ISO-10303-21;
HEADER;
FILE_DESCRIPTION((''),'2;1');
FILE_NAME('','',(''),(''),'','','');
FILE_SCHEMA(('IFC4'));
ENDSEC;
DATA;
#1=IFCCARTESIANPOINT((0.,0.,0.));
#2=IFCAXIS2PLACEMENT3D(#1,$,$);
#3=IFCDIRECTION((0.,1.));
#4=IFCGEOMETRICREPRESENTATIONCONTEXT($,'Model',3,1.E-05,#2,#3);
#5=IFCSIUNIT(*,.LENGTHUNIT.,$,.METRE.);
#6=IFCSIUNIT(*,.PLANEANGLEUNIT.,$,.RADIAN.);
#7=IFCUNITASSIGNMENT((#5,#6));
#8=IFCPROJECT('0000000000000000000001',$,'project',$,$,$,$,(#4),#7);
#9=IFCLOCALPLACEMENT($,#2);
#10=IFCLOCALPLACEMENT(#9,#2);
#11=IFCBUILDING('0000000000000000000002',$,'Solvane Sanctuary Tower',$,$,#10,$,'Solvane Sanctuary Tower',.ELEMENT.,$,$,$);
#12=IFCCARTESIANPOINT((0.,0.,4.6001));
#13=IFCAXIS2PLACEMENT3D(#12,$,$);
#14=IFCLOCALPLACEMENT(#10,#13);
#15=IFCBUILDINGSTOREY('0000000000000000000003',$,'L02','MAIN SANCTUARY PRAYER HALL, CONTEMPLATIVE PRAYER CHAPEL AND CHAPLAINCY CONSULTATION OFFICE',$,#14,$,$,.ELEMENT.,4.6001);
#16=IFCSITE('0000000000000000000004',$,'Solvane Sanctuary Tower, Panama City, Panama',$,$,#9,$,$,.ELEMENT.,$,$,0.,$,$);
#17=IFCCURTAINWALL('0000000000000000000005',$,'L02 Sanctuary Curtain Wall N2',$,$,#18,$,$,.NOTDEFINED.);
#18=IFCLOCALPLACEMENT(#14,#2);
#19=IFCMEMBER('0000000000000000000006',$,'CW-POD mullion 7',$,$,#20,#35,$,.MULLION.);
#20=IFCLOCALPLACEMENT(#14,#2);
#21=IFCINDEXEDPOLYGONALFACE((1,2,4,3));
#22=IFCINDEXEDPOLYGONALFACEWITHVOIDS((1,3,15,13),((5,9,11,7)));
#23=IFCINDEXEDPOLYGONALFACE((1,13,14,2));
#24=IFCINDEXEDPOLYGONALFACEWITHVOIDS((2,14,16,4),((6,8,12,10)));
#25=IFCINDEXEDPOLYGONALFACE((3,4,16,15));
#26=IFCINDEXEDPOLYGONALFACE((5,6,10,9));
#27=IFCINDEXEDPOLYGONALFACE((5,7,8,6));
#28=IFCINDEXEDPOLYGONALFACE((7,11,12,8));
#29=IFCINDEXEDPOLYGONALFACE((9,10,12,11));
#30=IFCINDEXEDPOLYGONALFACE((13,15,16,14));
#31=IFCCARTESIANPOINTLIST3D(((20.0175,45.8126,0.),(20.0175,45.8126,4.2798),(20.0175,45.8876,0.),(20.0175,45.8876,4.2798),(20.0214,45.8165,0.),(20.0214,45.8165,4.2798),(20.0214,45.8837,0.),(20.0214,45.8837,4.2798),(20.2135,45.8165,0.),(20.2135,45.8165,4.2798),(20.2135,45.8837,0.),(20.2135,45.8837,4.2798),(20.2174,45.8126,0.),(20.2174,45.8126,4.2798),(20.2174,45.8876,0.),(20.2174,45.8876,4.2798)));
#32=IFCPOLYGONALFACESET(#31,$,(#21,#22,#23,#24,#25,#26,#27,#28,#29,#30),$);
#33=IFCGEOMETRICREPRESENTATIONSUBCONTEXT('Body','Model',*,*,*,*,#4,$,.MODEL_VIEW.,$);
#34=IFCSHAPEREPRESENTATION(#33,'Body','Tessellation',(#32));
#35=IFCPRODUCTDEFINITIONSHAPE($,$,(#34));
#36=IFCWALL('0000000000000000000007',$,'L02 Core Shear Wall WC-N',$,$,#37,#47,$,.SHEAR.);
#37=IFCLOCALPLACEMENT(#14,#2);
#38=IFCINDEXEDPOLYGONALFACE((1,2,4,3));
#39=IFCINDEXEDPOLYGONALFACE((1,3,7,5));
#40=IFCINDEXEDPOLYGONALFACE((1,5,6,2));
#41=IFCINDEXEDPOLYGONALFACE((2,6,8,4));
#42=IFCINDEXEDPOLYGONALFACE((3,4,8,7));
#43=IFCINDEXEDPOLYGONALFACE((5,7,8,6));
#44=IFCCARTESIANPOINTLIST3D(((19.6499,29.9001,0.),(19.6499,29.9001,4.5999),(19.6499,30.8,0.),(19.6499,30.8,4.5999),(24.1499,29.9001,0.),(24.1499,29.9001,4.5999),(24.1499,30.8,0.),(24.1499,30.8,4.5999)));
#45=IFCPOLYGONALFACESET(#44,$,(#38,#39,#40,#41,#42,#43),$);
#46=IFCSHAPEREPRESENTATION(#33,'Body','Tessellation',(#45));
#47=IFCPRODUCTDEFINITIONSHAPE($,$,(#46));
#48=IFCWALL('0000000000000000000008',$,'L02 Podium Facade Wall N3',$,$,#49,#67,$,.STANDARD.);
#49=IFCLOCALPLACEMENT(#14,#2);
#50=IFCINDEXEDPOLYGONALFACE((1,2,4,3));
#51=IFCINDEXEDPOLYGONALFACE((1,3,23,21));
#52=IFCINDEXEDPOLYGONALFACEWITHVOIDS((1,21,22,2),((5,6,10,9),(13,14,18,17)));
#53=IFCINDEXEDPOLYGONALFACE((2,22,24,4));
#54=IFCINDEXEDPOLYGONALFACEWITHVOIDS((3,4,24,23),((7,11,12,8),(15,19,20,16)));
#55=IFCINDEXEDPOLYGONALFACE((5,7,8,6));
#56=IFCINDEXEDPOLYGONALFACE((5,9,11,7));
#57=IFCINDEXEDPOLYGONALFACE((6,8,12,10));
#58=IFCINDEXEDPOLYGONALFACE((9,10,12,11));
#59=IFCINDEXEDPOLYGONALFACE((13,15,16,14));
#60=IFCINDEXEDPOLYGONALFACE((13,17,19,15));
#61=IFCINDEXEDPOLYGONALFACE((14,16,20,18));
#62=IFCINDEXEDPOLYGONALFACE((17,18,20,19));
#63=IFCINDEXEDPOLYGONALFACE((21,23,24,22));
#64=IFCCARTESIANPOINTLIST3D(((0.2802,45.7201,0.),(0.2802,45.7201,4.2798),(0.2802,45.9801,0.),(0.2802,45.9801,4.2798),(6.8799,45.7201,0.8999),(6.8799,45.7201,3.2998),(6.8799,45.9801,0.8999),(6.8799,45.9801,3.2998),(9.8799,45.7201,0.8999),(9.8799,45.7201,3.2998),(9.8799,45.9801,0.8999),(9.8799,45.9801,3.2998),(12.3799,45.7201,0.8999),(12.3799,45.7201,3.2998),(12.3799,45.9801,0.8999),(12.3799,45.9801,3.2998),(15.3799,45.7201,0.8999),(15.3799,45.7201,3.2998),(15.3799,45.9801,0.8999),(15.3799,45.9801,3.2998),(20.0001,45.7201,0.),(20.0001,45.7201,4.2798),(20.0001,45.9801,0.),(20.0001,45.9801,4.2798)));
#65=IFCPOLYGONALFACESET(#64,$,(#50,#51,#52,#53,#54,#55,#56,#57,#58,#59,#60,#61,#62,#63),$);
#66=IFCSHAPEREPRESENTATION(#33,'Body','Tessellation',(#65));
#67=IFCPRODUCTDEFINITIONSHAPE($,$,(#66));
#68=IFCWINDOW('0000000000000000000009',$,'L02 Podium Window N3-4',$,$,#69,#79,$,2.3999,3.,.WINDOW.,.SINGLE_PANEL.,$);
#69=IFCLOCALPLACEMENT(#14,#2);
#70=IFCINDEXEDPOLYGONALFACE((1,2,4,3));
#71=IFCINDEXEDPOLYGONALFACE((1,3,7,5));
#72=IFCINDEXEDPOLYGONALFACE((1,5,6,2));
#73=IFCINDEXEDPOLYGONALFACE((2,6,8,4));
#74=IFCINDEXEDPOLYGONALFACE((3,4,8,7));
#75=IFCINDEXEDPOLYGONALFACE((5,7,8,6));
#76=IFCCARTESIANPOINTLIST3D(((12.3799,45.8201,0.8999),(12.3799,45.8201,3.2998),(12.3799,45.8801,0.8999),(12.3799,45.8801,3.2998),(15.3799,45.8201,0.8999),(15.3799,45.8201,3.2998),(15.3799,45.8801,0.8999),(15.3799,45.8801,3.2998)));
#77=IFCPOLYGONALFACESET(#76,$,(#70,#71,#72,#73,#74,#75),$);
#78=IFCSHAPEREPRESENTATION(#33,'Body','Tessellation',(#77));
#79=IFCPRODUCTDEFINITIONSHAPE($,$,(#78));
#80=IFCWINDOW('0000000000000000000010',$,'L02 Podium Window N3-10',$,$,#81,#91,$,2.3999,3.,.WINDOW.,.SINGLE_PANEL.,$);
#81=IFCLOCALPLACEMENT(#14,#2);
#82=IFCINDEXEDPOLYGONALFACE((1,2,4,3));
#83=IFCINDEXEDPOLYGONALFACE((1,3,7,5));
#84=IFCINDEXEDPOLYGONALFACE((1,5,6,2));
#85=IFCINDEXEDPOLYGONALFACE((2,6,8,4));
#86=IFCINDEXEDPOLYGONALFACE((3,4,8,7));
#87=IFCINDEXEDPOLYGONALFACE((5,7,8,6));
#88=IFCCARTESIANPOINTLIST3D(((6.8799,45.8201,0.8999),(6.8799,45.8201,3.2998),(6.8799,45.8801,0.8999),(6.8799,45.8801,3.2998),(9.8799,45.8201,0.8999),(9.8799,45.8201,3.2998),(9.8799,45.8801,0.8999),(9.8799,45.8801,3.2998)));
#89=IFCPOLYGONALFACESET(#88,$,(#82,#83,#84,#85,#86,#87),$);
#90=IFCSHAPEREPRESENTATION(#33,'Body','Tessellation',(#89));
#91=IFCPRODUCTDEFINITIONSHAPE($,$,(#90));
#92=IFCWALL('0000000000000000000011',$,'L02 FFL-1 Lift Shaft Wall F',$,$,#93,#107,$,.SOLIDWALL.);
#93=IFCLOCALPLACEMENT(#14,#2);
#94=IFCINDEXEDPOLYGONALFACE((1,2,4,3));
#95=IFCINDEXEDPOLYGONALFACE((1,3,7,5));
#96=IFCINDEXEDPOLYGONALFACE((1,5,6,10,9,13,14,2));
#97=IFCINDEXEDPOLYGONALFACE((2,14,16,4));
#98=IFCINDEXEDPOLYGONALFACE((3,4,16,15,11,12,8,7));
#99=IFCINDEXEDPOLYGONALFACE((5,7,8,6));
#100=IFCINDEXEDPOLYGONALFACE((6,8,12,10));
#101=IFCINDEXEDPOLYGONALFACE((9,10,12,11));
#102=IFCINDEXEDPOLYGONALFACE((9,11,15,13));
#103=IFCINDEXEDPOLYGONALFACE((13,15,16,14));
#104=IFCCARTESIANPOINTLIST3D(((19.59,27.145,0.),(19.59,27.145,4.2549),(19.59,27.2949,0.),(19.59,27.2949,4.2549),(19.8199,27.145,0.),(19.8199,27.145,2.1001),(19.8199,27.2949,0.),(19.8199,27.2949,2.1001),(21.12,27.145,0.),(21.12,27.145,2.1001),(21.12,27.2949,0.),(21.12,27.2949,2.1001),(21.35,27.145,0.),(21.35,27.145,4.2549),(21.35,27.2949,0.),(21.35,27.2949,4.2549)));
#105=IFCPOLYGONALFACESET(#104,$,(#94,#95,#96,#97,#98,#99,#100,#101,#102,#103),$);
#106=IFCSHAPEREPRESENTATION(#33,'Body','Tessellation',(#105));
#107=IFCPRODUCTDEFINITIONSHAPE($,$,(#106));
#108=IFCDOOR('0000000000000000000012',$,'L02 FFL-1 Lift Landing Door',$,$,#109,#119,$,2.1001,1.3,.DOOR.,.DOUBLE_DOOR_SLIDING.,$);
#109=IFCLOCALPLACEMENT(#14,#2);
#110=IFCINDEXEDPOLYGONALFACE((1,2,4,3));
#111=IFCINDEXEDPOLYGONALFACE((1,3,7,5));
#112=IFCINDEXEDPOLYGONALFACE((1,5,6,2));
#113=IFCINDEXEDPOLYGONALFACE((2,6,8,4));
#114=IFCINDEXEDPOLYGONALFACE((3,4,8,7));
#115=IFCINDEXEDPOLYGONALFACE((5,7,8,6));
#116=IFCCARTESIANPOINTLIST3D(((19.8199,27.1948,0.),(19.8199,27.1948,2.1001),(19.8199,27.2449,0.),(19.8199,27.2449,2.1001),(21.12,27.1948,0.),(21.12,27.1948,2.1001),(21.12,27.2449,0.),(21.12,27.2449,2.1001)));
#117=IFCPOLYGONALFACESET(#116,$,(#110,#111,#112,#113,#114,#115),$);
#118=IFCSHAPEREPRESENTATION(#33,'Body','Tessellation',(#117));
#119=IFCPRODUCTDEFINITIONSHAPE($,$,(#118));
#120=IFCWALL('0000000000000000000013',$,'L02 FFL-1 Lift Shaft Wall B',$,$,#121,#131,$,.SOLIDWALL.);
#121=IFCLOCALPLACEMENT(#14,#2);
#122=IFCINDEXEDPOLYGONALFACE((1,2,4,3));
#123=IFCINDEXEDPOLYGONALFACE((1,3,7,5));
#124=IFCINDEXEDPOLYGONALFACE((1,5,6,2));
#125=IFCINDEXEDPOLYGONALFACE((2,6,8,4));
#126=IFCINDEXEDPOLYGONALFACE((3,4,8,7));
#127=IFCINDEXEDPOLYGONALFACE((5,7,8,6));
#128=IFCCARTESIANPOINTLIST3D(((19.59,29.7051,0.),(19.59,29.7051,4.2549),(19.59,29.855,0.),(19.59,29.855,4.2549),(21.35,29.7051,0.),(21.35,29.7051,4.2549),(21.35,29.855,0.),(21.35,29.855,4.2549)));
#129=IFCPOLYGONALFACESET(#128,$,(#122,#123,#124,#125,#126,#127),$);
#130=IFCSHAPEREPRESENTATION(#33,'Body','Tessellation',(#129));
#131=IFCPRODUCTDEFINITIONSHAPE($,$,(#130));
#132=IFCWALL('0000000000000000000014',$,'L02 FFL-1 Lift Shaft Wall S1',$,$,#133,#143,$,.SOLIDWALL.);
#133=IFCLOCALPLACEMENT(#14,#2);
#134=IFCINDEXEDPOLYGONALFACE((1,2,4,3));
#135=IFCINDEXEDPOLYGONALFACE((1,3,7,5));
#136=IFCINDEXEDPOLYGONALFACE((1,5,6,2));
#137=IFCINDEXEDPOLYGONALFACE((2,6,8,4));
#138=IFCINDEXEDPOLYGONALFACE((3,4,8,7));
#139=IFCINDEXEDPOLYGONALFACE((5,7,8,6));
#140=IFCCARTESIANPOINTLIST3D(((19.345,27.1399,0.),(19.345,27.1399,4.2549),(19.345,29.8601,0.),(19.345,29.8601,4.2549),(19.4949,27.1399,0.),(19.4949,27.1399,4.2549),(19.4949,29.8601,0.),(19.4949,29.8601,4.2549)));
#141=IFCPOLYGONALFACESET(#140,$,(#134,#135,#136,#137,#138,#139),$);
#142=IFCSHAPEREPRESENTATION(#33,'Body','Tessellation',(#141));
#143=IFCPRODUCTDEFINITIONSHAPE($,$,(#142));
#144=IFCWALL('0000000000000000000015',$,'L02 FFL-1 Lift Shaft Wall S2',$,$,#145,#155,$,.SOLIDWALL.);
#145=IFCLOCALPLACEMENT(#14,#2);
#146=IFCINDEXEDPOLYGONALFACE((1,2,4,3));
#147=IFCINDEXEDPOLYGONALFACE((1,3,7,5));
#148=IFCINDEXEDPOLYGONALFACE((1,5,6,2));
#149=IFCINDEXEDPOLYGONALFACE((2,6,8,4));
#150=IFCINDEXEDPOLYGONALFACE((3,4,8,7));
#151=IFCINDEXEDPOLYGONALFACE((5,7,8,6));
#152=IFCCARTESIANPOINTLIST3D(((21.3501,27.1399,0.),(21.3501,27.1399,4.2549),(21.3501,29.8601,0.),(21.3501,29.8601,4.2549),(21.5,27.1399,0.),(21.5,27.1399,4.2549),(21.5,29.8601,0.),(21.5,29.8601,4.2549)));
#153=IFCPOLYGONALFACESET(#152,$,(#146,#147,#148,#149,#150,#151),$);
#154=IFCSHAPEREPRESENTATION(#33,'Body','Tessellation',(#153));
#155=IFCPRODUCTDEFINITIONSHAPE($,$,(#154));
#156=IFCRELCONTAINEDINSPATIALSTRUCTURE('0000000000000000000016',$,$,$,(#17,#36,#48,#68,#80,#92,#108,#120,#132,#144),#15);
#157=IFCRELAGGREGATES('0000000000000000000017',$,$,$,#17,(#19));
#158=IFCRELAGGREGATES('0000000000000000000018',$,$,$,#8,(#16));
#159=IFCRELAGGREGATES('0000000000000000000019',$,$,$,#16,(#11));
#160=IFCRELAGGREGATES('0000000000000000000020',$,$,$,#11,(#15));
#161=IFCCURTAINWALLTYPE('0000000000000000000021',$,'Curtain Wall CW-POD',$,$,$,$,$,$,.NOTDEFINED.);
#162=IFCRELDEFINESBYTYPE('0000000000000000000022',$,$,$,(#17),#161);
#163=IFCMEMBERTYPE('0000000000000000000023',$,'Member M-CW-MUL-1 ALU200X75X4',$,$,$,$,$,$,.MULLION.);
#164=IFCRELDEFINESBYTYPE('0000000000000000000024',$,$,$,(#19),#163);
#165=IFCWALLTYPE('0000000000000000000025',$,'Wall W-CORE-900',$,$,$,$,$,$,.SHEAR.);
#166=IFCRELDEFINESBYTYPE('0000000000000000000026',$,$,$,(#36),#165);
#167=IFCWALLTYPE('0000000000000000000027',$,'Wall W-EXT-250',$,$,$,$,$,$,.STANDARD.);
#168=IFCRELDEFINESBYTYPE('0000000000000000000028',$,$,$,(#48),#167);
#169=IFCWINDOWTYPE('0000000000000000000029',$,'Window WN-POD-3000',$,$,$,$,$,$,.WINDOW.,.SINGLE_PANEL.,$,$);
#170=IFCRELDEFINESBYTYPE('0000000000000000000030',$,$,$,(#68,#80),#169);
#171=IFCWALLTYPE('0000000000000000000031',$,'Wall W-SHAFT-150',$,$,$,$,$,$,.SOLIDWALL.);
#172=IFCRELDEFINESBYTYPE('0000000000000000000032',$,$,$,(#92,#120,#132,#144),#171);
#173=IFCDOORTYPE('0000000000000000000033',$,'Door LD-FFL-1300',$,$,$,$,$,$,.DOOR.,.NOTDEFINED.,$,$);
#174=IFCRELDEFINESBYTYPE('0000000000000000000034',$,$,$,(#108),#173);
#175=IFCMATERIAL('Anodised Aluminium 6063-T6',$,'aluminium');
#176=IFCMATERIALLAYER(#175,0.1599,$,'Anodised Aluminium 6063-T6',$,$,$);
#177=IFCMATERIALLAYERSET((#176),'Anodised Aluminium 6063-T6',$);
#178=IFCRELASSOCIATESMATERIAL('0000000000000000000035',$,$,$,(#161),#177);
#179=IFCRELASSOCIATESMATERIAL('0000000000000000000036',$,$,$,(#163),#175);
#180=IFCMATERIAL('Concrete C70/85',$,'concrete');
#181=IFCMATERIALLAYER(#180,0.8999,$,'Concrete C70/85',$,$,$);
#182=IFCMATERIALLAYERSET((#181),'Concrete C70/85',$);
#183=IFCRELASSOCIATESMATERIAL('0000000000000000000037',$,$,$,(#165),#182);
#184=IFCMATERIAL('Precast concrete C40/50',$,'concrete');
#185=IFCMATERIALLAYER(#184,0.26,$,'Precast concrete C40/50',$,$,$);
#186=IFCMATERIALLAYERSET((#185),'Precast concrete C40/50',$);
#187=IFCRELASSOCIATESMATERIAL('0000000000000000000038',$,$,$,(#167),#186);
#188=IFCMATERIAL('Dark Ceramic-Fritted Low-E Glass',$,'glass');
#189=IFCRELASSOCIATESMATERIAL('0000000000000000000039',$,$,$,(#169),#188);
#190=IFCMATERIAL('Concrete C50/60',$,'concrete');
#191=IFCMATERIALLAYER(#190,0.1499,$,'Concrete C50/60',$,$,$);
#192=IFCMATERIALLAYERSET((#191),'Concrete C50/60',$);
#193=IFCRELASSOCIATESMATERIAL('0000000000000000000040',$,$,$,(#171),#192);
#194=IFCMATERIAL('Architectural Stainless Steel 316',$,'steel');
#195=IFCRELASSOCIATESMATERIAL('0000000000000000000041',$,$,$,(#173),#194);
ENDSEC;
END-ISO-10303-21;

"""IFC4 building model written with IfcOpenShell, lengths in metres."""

from ifc_helpers import new_model, si_unit, direction, frame, frame_2d, origin, origin_2d, place, context, subcontext, project, spatial, rectangle, hollow_rectangle, extrude, material, layer, layer_set, material_profile, profile_set, type_object, element, fill, aggregate, save


model = new_model("IFC4")

# Units and contexts
model_context = context("Model", 3, precision=1e-05, world=origin(), true_north=direction((0.0, 1.0)))
body_context = subcontext(model_context, "Body", "Model", "MODEL_VIEW")
ifc_project = project(units=[si_unit("LENGTHUNIT", "METRE"), si_unit("PLANEANGLEUNIT", "RADIAN")], contexts=[model_context])

# Site, building, storey
site_placement = place(None, origin())
site = spatial("IfcSite", under=ifc_project, at=site_placement, Name="Solvane Sanctuary Tower, Panama City, Panama", CompositionType="ELEMENT", RefElevation=0.0)
building_placement = place(site_placement, origin())
building = spatial("IfcBuilding", under=site, at=building_placement, Name="Solvane Sanctuary Tower", LongName="Solvane Sanctuary Tower", CompositionType="ELEMENT")
storey_placement = place(building_placement, frame((0.0, 0.0, 4.6001)))
storey = spatial("IfcBuildingStorey", under=building, at=storey_placement, Name="L02", Description="MAIN SANCTUARY PRAYER HALL, CONTEMPLATIVE PRAYER CHAPEL AND CHAPLAINCY CONSULTATION OFFICE", CompositionType="ELEMENT", Elevation=4.6001)

# Curtain wall, member
ifc_material_1 = material(Name="Anodised Aluminium 6063-T6", Category="aluminium")
ifc_layer_1 = layer(ifc_material_1, 0.1599, Name="Anodised Aluminium 6063-T6")
ifc_layer_set_1 = layer_set([ifc_layer_1], Name="Anodised Aluminium 6063-T6")
curtain_wall_type = type_object("IfcCurtainWallType", Name="Curtain Wall CW-POD", PredefinedType="NOTDEFINED", material=ifc_layer_set_1)
curtain_wall_placement = place(storey_placement, origin())
curtain_wall = element("IfcCurtainWall", 1, at=curtain_wall_placement, inside=storey, type_object=curtain_wall_type, Name="L02 Sanctuary Curtain Wall N2", PredefinedType="NOTDEFINED")
ifc_material_profile = material_profile(ifc_material_1, hollow_rectangle(XDim=0.075, YDim=0.2, WallThickness=0.0039, at=origin_2d()), Name="ALU200X75X4")
ifc_profile_set = profile_set([ifc_material_profile], Name="Anodised Aluminium 6063-T6")
member_type = type_object("IfcMemberType", Name="Member M-CW-MUL-1 ALU200X75X4", PredefinedType="MULLION", material=ifc_profile_set)
member_placement = place(storey_placement, frame((20.1174, 45.8501, 0.0), z_axis=(0.0, 0.0, 1.0), x_axis=(0.0, -1.0, 0.0)))
member = element("IfcMember", 2, at=member_placement, type_object=member_type, Name="CW-POD mullion 7", PredefinedType="MULLION", context=body_context, shape_type="SweptSolid", body=[
    extrude(hollow_rectangle(XDim=0.075, YDim=0.2, WallThickness=0.0039, at=origin_2d()), origin(), (0.0, 0.0, 1.0), 4.2798),
])
aggregate(curtain_wall, [member])

# Wall
ifc_material_2 = material(Name="Concrete C70/85", Category="concrete")
ifc_layer_2 = layer(ifc_material_2, 0.8999, Name="Concrete C70/85")
ifc_layer_set_2 = layer_set([ifc_layer_2], Name="Concrete C70/85")
wall_type_1 = type_object("IfcWallType", Name="Wall W-CORE-900", PredefinedType="SHEAR", material=ifc_layer_set_2)
wall_1_placement = place(storey_placement, frame((19.6499, 30.3501, 0.0), z_axis=(0.0, 0.0, 1.0), x_axis=(1.0, 0.0, 0.0)))
element("IfcWall", 3, at=wall_1_placement, inside=storey, type_object=wall_type_1, Name="L02 Core Shear Wall WC-N", PredefinedType="SHEAR", context=body_context, shape_type="SweptSolid", body=[
    extrude(rectangle(XDim=4.5, YDim=0.8999, at=frame_2d((2.25, 0.0))), origin(), (0.0, 0.0, 1.0), 4.5999),
])

# Wall, openings, windows
ifc_material_3 = material(Name="Precast concrete C40/50", Category="concrete")
ifc_layer_3 = layer(ifc_material_3, 0.26, Name="Precast concrete C40/50")
ifc_layer_set_3 = layer_set([ifc_layer_3], Name="Precast concrete C40/50")
wall_type_2 = type_object("IfcWallType", Name="Wall W-EXT-250", PredefinedType="STANDARD", material=ifc_layer_set_3)
wall_2_placement = place(storey_placement, frame((20.0, 45.8501, 0.0), z_axis=(0.0, 0.0, 1.0), x_axis=(-1.0, 0.0, 0.0)))
wall_2 = element("IfcWall", 4, at=wall_2_placement, inside=storey, type_object=wall_type_2, Name="L02 Podium Facade Wall N3", PredefinedType="STANDARD", context=body_context, shape_type="SweptSolid", body=[
    extrude(rectangle(XDim=19.72, YDim=0.26, at=frame_2d((9.8599, 0.0))), origin(), (0.0, 0.0, 1.0), 4.2798),
])
opening_1_placement = place(wall_2_placement, frame((4.6201, 0.0, 0.8999)))
opening_1 = element("IfcOpeningElement", 5, at=opening_1_placement, cuts=wall_2, PredefinedType="OPENING", context=body_context, shape_type="SweptSolid", body=[
    extrude(rectangle(XDim=3.0, YDim=2.3999, at=frame_2d((1.5, 1.2))), frame((0.0, 0.1399, 0.0), z_axis=(0.0, -1.0, 0.0), x_axis=(1.0, 0.0, 0.0)), (0.0, 0.0, 1.0), 0.28),
])
opening_2_placement = place(wall_2_placement, frame((10.1201, 0.0, 0.8999)))
opening_2 = element("IfcOpeningElement", 6, at=opening_2_placement, cuts=wall_2, PredefinedType="OPENING", context=body_context, shape_type="SweptSolid", body=[
    extrude(rectangle(XDim=3.0, YDim=2.3999, at=frame_2d((1.5, 1.2))), frame((0.0, 0.1399, 0.0), z_axis=(0.0, -1.0, 0.0), x_axis=(1.0, 0.0, 0.0)), (0.0, 0.0, 1.0), 0.28),
])
ifc_material_4 = material(Name="Dark Ceramic-Fritted Low-E Glass", Category="glass")
window_type = type_object("IfcWindowType", Name="Window WN-POD-3000", PartitioningType="SINGLE_PANEL", PredefinedType="WINDOW", material=ifc_material_4)
window_1_placement = place(opening_1_placement, origin())
window_1 = element("IfcWindow", 7, at=window_1_placement, inside=storey, type_object=window_type, Name="L02 Podium Window N3-4", OverallHeight=2.3999, OverallWidth=3.0, PartitioningType="SINGLE_PANEL", PredefinedType="WINDOW", context=body_context, shape_type="SweptSolid", body=[
    extrude(rectangle(XDim=3.0, YDim=2.3999, at=frame_2d((1.5, 1.2))), frame((0.0, 0.03, 0.0), z_axis=(0.0, -1.0, 0.0), x_axis=(1.0, 0.0, 0.0)), (0.0, 0.0, 1.0), 0.0601),
])
fill(opening_1, window_1)
window_2_placement = place(opening_2_placement, origin())
window_2 = element("IfcWindow", 8, at=window_2_placement, inside=storey, type_object=window_type, Name="L02 Podium Window N3-10", OverallHeight=2.3999, OverallWidth=3.0, PartitioningType="SINGLE_PANEL", PredefinedType="WINDOW", context=body_context, shape_type="SweptSolid", body=[
    extrude(rectangle(XDim=3.0, YDim=2.3999, at=frame_2d((1.5, 1.2))), frame((0.0, 0.03, 0.0), z_axis=(0.0, -1.0, 0.0), x_axis=(1.0, 0.0, 0.0)), (0.0, 0.0, 1.0), 0.0601),
])
fill(opening_2, window_2)

# Wall, opening, door
ifc_material_5 = material(Name="Concrete C50/60", Category="concrete")
ifc_layer_4 = layer(ifc_material_5, 0.1499, Name="Concrete C50/60")
ifc_layer_set_4 = layer_set([ifc_layer_4], Name="Concrete C50/60")
wall_type_3 = type_object("IfcWallType", Name="Wall W-SHAFT-150", PredefinedType="SOLIDWALL", material=ifc_layer_set_4)
wall_3_placement = place(storey_placement, frame((19.5901, 27.22, 0.0), z_axis=(0.0, 0.0, 1.0), x_axis=(1.0, 0.0, 0.0)))
wall_3 = element("IfcWall", 9, at=wall_3_placement, inside=storey, type_object=wall_type_3, Name="L02 FFL-1 Lift Shaft Wall F", PredefinedType="SOLIDWALL", context=body_context, shape_type="SweptSolid", body=[
    extrude(rectangle(XDim=1.76, YDim=0.1499, at=frame_2d((0.8799, 0.0))), origin(), (0.0, 0.0, 1.0), 4.2549),
])
opening_3_placement = place(wall_3_placement, frame((0.23, 0.0, 0.0)))
opening_3 = element("IfcOpeningElement", 10, at=opening_3_placement, cuts=wall_3, PredefinedType="OPENING", context=body_context, shape_type="SweptSolid", body=[
    extrude(rectangle(XDim=1.3, YDim=2.1001, at=frame_2d((0.6499, 1.05))), frame((0.0, 0.085, 0.0), z_axis=(0.0, -1.0, 0.0), x_axis=(1.0, 0.0, 0.0)), (0.0, 0.0, 1.0), 0.1699),
])
ifc_material_6 = material(Name="Architectural Stainless Steel 316", Category="steel")
door_type_1 = type_object("IfcDoorType", Name="Door LD-FFL-1300", OperationType="NOTDEFINED", PredefinedType="DOOR", material=ifc_material_6)
door_1_placement = place(opening_3_placement, origin())
door_1 = element("IfcDoor", 11, at=door_1_placement, inside=storey, type_object=door_type_1, Name="L02 FFL-1 Lift Landing Door", OperationType="DOUBLE_DOOR_SLIDING", OverallHeight=2.1001, OverallWidth=1.3, PredefinedType="DOOR", context=body_context, shape_type="SweptSolid", body=[
    extrude(rectangle(XDim=1.3, YDim=2.1001, at=frame_2d((0.6499, 1.05))), frame((0.0, 0.0249, 0.0), z_axis=(0.0, -1.0, 0.0), x_axis=(1.0, 0.0, 0.0)), (0.0, 0.0, 1.0), 0.05),
])
fill(opening_3, door_1)

# Walls
wall_4_placement = place(storey_placement, frame((19.5901, 29.78, 0.0), z_axis=(0.0, 0.0, 1.0), x_axis=(1.0, 0.0, 0.0)))
element("IfcWall", 12, at=wall_4_placement, inside=storey, type_object=wall_type_3, Name="L02 FFL-1 Lift Shaft Wall B", PredefinedType="SOLIDWALL", context=body_context, shape_type="SweptSolid", body=[
    extrude(rectangle(XDim=1.76, YDim=0.1499, at=frame_2d((0.8799, 0.0))), origin(), (0.0, 0.0, 1.0), 4.2549),
])
for number, where, z_axis, x_axis, name in (
    (13, (19.4199, 27.1399, 0.0), (0.0, 0.0, 1.0), (0.0, 1.0, 0.0), "L02 FFL-1 Lift Shaft Wall S1"),
    (14, (21.425, 27.1399, 0.0), (0.0, 0.0, 1.0), (0.0, 1.0, 0.0), "L02 FFL-1 Lift Shaft Wall S2"),
):
    element("IfcWall", number, at=place(storey_placement, frame(where, z_axis=z_axis, x_axis=x_axis)), inside=storey, type_object=wall_type_3, Name=name, PredefinedType="SOLIDWALL", context=body_context, shape_type="SweptSolid", body=[
        extrude(rectangle(XDim=2.7202, YDim=0.1499, at=frame_2d((1.3601, 0.0))), origin(), (0.0, 0.0, 1.0), 4.2549),
    ])

save(model, "model.ifc")
